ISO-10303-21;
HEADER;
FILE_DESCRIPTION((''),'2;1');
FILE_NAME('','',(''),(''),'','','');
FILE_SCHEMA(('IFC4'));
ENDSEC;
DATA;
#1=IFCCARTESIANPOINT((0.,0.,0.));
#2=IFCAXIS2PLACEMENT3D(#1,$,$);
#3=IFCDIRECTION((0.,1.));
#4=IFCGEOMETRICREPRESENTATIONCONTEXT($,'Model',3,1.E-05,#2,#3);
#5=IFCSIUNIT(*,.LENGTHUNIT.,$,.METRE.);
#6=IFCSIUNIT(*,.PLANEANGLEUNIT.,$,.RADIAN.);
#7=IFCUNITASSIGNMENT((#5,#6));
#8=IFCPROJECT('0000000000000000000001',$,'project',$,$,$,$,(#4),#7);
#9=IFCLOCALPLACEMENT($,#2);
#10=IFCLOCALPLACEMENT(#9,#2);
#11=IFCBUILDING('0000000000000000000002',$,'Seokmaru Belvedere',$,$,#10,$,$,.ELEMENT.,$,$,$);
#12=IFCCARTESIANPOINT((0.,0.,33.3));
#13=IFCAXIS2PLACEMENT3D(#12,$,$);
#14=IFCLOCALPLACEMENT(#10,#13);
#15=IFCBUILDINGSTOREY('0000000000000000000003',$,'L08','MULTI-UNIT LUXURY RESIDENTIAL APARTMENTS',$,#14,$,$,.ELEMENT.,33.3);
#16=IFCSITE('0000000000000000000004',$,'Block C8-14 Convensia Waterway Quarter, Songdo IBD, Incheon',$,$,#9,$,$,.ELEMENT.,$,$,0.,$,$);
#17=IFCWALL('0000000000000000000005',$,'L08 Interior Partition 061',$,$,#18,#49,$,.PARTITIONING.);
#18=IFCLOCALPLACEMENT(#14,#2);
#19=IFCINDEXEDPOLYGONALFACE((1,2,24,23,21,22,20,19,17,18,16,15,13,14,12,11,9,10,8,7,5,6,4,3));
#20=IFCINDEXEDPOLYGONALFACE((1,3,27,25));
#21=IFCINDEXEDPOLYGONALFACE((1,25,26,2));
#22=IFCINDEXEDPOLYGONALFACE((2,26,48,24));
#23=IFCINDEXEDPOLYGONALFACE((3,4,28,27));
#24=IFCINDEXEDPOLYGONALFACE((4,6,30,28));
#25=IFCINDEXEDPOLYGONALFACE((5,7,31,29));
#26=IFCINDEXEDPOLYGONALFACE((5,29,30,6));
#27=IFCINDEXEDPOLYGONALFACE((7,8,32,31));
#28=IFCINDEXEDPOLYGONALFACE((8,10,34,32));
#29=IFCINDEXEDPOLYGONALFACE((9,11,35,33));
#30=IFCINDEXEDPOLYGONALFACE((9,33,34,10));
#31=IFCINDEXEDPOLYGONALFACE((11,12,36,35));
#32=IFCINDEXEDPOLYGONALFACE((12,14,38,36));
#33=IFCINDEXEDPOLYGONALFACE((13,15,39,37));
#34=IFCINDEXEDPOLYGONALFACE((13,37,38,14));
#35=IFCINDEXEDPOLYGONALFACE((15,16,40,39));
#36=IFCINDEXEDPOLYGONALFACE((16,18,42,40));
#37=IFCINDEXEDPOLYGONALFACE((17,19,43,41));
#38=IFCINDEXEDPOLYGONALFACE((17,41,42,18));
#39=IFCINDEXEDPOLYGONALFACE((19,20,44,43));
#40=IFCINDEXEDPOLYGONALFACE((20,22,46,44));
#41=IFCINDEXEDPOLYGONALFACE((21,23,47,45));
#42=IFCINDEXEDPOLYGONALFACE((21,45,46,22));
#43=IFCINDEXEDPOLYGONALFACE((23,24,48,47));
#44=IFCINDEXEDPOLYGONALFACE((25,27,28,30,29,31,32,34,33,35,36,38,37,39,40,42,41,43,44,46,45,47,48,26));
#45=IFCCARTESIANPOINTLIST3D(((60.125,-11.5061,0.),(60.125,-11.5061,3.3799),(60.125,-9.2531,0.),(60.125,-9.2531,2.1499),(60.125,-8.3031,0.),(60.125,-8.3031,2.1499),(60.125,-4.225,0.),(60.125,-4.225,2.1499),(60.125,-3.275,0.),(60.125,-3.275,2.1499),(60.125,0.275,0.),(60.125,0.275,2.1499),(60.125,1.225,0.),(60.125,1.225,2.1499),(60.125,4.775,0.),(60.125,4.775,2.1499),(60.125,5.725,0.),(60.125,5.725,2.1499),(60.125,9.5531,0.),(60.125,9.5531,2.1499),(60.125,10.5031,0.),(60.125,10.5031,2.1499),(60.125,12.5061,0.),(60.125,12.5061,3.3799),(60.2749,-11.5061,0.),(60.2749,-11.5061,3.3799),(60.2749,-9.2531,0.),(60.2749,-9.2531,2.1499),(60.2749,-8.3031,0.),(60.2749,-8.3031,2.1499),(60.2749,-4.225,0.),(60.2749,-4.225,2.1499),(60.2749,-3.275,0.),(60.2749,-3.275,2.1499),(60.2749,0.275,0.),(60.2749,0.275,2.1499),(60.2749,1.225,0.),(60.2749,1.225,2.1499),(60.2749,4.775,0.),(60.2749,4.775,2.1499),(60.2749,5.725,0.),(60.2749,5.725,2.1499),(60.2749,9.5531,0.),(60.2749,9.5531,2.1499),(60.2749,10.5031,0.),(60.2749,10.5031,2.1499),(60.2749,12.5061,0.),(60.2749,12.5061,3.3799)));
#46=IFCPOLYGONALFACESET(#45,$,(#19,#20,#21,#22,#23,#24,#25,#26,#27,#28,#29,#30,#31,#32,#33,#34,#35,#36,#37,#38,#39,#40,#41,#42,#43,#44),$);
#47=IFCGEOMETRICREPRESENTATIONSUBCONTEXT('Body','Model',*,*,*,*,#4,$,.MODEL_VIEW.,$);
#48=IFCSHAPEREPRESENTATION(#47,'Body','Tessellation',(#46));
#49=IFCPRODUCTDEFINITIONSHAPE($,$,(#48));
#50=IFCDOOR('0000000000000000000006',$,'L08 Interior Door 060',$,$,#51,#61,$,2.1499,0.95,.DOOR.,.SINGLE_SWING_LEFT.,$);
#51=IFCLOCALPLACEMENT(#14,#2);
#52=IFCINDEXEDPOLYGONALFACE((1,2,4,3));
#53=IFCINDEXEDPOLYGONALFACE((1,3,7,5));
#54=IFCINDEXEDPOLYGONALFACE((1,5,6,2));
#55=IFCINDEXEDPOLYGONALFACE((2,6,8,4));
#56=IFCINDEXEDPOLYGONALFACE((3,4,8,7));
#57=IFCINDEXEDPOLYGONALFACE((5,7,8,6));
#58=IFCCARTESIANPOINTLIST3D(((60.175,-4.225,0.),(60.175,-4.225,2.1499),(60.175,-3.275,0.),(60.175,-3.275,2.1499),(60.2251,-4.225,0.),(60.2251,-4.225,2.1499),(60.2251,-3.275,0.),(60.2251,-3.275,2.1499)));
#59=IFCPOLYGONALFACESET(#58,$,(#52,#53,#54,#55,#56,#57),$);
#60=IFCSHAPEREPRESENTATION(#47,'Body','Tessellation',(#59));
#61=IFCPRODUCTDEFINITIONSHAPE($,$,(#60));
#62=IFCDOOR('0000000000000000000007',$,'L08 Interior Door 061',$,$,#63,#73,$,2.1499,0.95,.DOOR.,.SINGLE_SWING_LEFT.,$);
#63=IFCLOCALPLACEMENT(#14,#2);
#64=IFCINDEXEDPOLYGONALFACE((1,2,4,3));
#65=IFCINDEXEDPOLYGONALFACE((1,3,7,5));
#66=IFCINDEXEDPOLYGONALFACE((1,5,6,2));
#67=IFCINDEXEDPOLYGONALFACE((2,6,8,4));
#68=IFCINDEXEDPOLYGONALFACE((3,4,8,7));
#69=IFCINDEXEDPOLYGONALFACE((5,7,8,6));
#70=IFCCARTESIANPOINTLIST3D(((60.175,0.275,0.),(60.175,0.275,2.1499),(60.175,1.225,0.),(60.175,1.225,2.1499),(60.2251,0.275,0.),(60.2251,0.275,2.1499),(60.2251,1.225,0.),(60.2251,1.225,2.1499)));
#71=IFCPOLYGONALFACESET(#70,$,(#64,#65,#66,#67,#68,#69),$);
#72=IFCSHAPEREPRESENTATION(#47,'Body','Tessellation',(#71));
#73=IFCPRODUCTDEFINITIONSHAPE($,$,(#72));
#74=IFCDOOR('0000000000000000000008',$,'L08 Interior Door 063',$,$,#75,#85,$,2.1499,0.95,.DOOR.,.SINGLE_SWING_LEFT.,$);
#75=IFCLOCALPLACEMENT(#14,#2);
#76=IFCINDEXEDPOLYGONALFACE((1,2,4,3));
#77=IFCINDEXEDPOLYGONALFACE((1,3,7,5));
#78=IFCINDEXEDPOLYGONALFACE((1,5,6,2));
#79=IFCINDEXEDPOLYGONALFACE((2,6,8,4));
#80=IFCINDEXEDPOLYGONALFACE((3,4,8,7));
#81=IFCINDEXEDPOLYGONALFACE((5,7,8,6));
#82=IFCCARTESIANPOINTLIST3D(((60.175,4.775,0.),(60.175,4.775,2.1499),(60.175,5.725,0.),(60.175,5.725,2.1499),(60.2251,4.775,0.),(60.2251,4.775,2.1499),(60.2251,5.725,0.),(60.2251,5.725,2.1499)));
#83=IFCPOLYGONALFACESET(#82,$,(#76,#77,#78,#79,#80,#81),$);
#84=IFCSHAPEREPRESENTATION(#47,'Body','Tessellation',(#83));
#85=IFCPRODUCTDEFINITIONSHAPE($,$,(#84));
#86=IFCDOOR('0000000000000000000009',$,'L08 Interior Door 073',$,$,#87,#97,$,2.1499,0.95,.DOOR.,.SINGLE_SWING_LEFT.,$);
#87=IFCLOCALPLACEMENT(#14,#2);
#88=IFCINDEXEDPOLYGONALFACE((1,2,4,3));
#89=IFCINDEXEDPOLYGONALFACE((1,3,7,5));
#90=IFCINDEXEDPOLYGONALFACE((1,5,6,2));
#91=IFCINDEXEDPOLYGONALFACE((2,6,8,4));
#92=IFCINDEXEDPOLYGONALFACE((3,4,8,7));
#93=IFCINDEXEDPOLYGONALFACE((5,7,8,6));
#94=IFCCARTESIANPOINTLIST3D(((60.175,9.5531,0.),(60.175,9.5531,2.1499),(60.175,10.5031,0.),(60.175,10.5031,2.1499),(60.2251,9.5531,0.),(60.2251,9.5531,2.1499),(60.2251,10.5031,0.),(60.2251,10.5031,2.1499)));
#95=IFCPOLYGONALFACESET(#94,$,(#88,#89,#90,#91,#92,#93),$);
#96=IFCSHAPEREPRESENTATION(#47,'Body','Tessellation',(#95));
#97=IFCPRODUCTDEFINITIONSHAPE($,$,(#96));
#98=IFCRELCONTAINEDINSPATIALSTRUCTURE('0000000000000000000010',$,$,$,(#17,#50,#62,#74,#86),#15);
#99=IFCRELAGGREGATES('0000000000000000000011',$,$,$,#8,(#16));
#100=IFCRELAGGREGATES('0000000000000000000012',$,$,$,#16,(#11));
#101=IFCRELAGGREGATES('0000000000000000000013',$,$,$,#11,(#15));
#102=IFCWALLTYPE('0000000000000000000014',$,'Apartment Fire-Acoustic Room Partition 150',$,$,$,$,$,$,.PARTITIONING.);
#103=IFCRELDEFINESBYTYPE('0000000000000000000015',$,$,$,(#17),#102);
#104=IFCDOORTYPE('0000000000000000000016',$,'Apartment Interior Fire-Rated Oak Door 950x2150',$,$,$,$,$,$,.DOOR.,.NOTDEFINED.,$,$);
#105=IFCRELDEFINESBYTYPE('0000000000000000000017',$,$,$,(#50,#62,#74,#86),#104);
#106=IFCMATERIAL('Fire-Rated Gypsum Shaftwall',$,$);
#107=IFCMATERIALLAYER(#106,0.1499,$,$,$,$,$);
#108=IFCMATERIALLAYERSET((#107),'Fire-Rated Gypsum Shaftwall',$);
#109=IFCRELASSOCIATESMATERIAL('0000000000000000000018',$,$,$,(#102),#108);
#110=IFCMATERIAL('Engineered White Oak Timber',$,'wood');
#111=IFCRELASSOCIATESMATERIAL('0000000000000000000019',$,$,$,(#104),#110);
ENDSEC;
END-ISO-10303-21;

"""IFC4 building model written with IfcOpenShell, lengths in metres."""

from ifc_helpers import new_model, si_unit, direction, frame, frame_2d, origin, place, context, subcontext, project, spatial, rectangle, extrude, source, transform, mapped, material, layer, layer_set, type_object, type_shapes, element, fill, save


model = new_model("IFC4")

# Units and contexts
model_context = context("Model", 3, precision=1e-05, world=origin(), true_north=direction((0.0, 1.0)))
body_context = subcontext(model_context, "Body", "Model", "MODEL_VIEW")
ifc_project = project(units=[si_unit("LENGTHUNIT", "METRE"), si_unit("PLANEANGLEUNIT", "RADIAN")], contexts=[model_context])

# Site, building, storey
site_placement = place(None, origin())
site = spatial("IfcSite", under=ifc_project, at=site_placement, Name="Block C8-14 Convensia Waterway Quarter, Songdo IBD, Incheon", CompositionType="ELEMENT", RefElevation=0.0)
building_placement = place(site_placement, origin())
building = spatial("IfcBuilding", under=site, at=building_placement, Name="Seokmaru Belvedere", CompositionType="ELEMENT")
storey_placement = place(building_placement, frame((0.0, 0.0, 33.3)))
storey = spatial("IfcBuildingStorey", under=building, at=storey_placement, Name="L08", Description="MULTI-UNIT LUXURY RESIDENTIAL APARTMENTS", CompositionType="ELEMENT", Elevation=33.3)

# Shared definitions
ifc_material_1 = material(Name="Fire-Rated Gypsum Shaftwall")
ifc_layer_1 = layer(ifc_material_1, 0.1499)
ifc_layer_set_1 = layer_set([ifc_layer_1], Name="Fire-Rated Gypsum Shaftwall")
wall_type = type_object("IfcWallType", Name="Apartment Fire-Acoustic Room Partition 150", PredefinedType="PARTITIONING", material=ifc_layer_set_1)
ifc_material_2 = material(Name="Engineered White Oak Timber", Category="wood")
door_type = type_object("IfcDoorType", Name="Apartment Interior Fire-Rated Oak Door 950x2150", OperationType="NOTDEFINED", PredefinedType="DOOR", material=ifc_material_2)
shared_shape_1 = source(origin(), body_context, "Body", "SweptSolid", [
    extrude(rectangle(XDim=0.95, YDim=2.1499, at=frame_2d((0.4751, 1.075))), frame((0.0, 0.0249, 0.0), z_axis=(0.0, -1.0, 0.0), x_axis=(1.0, 0.0, 0.0)), (0.0, 0.0, 1.0), 0.05),
])
type_shapes(door_type, [shared_shape_1])

# Wall, openings, doors
wall_1_placement = place(storey_placement, frame((60.2, -11.5061, 0.0), z_axis=(0.0, 0.0, 1.0), x_axis=(0.0, 1.0, 0.0)))
wall_1 = element("IfcWall", 1, at=wall_1_placement, inside=storey, type_object=wall_type, Name="L08 Interior Partition 061", PredefinedType="PARTITIONING", context=body_context, shape_type="SweptSolid", body=[
    extrude(rectangle(XDim=24.0122, YDim=0.1499, at=frame_2d((12.0061, 0.0))), origin(), (0.0, 0.0, 1.0), 3.3799),
])
opening_1_placement = place(wall_1_placement, frame((2.2529, 0.0, 0.0)))
element("IfcOpeningElement", 2, at=opening_1_placement, cuts=wall_1, PredefinedType="OPENING", context=body_context, shape_type="SweptSolid", body=[
    extrude(rectangle(XDim=0.95, YDim=2.1499, at=frame_2d((0.4751, 1.075))), frame((0.0, 0.085, 0.0), z_axis=(0.0, -1.0, 0.0), x_axis=(1.0, 0.0, 0.0)), (0.0, 0.0, 1.0), 0.1699),
])
opening_2_placement = place(wall_1_placement, frame((7.281, 0.0, 0.0)))
opening_2 = element("IfcOpeningElement", 3, at=opening_2_placement, cuts=wall_1, PredefinedType="OPENING", context=body_context, shape_type="SweptSolid", body=[
    extrude(rectangle(XDim=0.95, YDim=2.1499, at=frame_2d((0.4751, 1.075))), frame((0.0, 0.085, 0.0), z_axis=(0.0, -1.0, 0.0), x_axis=(1.0, 0.0, 0.0)), (0.0, 0.0, 1.0), 0.1699),
])
opening_3_placement = place(wall_1_placement, frame((11.781, 0.0, 0.0)))
opening_3 = element("IfcOpeningElement", 4, at=opening_3_placement, cuts=wall_1, PredefinedType="OPENING", context=body_context, shape_type="SweptSolid", body=[
    extrude(rectangle(XDim=0.95, YDim=2.1499, at=frame_2d((0.4751, 1.075))), frame((0.0, 0.085, 0.0), z_axis=(0.0, -1.0, 0.0), x_axis=(1.0, 0.0, 0.0)), (0.0, 0.0, 1.0), 0.1699),
])
opening_4_placement = place(wall_1_placement, frame((16.281, 0.0, 0.0)))
opening_4 = element("IfcOpeningElement", 5, at=opening_4_placement, cuts=wall_1, PredefinedType="OPENING", context=body_context, shape_type="SweptSolid", body=[
    extrude(rectangle(XDim=0.95, YDim=2.1499, at=frame_2d((0.4751, 1.075))), frame((0.0, 0.085, 0.0), z_axis=(0.0, -1.0, 0.0), x_axis=(1.0, 0.0, 0.0)), (0.0, 0.0, 1.0), 0.1699),
])
opening_5_placement = place(wall_1_placement, frame((21.0591, 0.0, 0.0)))
opening_5 = element("IfcOpeningElement", 6, at=opening_5_placement, cuts=wall_1, PredefinedType="OPENING", context=body_context, shape_type="SweptSolid", body=[
    extrude(rectangle(XDim=0.95, YDim=2.1499, at=frame_2d((0.4751, 1.075))), frame((0.0, 0.085, 0.0), z_axis=(0.0, -1.0, 0.0), x_axis=(1.0, 0.0, 0.0)), (0.0, 0.0, 1.0), 0.1699),
])
door_1_placement = place(opening_2_placement, origin())
door_1 = element("IfcDoor", 7, at=door_1_placement, inside=storey, type_object=door_type, Name="L08 Interior Door 060", OperationType="SINGLE_SWING_LEFT", OverallHeight=2.1499, OverallWidth=0.95, PredefinedType="DOOR", context=body_context, shape_type="MappedRepresentation", body=[
    mapped(shared_shape_1, transform((0.0, 0.0, 0.0), scale=1.0)),
])
fill(opening_2, door_1)
door_2_placement = place(opening_3_placement, origin())
door_2 = element("IfcDoor", 8, at=door_2_placement, inside=storey, type_object=door_type, Name="L08 Interior Door 061", OperationType="SINGLE_SWING_LEFT", OverallHeight=2.1499, OverallWidth=0.95, PredefinedType="DOOR", context=body_context, shape_type="MappedRepresentation", body=[
    mapped(shared_shape_1, transform((0.0, 0.0, 0.0), scale=1.0)),
])
fill(opening_3, door_2)
door_3_placement = place(opening_4_placement, origin())
door_3 = element("IfcDoor", 9, at=door_3_placement, inside=storey, type_object=door_type, Name="L08 Interior Door 063", OperationType="SINGLE_SWING_LEFT", OverallHeight=2.1499, OverallWidth=0.95, PredefinedType="DOOR", context=body_context, shape_type="MappedRepresentation", body=[
    mapped(shared_shape_1, transform((0.0, 0.0, 0.0), scale=1.0)),
])
fill(opening_4, door_3)
door_4_placement = place(opening_5_placement, origin())
door_4 = element("IfcDoor", 10, at=door_4_placement, inside=storey, type_object=door_type, Name="L08 Interior Door 073", OperationType="SINGLE_SWING_LEFT", OverallHeight=2.1499, OverallWidth=0.95, PredefinedType="DOOR", context=body_context, shape_type="MappedRepresentation", body=[
    mapped(shared_shape_1, transform((0.0, 0.0, 0.0), scale=1.0)),
])
fill(opening_5, door_4)

save(model, "model.ifc")
